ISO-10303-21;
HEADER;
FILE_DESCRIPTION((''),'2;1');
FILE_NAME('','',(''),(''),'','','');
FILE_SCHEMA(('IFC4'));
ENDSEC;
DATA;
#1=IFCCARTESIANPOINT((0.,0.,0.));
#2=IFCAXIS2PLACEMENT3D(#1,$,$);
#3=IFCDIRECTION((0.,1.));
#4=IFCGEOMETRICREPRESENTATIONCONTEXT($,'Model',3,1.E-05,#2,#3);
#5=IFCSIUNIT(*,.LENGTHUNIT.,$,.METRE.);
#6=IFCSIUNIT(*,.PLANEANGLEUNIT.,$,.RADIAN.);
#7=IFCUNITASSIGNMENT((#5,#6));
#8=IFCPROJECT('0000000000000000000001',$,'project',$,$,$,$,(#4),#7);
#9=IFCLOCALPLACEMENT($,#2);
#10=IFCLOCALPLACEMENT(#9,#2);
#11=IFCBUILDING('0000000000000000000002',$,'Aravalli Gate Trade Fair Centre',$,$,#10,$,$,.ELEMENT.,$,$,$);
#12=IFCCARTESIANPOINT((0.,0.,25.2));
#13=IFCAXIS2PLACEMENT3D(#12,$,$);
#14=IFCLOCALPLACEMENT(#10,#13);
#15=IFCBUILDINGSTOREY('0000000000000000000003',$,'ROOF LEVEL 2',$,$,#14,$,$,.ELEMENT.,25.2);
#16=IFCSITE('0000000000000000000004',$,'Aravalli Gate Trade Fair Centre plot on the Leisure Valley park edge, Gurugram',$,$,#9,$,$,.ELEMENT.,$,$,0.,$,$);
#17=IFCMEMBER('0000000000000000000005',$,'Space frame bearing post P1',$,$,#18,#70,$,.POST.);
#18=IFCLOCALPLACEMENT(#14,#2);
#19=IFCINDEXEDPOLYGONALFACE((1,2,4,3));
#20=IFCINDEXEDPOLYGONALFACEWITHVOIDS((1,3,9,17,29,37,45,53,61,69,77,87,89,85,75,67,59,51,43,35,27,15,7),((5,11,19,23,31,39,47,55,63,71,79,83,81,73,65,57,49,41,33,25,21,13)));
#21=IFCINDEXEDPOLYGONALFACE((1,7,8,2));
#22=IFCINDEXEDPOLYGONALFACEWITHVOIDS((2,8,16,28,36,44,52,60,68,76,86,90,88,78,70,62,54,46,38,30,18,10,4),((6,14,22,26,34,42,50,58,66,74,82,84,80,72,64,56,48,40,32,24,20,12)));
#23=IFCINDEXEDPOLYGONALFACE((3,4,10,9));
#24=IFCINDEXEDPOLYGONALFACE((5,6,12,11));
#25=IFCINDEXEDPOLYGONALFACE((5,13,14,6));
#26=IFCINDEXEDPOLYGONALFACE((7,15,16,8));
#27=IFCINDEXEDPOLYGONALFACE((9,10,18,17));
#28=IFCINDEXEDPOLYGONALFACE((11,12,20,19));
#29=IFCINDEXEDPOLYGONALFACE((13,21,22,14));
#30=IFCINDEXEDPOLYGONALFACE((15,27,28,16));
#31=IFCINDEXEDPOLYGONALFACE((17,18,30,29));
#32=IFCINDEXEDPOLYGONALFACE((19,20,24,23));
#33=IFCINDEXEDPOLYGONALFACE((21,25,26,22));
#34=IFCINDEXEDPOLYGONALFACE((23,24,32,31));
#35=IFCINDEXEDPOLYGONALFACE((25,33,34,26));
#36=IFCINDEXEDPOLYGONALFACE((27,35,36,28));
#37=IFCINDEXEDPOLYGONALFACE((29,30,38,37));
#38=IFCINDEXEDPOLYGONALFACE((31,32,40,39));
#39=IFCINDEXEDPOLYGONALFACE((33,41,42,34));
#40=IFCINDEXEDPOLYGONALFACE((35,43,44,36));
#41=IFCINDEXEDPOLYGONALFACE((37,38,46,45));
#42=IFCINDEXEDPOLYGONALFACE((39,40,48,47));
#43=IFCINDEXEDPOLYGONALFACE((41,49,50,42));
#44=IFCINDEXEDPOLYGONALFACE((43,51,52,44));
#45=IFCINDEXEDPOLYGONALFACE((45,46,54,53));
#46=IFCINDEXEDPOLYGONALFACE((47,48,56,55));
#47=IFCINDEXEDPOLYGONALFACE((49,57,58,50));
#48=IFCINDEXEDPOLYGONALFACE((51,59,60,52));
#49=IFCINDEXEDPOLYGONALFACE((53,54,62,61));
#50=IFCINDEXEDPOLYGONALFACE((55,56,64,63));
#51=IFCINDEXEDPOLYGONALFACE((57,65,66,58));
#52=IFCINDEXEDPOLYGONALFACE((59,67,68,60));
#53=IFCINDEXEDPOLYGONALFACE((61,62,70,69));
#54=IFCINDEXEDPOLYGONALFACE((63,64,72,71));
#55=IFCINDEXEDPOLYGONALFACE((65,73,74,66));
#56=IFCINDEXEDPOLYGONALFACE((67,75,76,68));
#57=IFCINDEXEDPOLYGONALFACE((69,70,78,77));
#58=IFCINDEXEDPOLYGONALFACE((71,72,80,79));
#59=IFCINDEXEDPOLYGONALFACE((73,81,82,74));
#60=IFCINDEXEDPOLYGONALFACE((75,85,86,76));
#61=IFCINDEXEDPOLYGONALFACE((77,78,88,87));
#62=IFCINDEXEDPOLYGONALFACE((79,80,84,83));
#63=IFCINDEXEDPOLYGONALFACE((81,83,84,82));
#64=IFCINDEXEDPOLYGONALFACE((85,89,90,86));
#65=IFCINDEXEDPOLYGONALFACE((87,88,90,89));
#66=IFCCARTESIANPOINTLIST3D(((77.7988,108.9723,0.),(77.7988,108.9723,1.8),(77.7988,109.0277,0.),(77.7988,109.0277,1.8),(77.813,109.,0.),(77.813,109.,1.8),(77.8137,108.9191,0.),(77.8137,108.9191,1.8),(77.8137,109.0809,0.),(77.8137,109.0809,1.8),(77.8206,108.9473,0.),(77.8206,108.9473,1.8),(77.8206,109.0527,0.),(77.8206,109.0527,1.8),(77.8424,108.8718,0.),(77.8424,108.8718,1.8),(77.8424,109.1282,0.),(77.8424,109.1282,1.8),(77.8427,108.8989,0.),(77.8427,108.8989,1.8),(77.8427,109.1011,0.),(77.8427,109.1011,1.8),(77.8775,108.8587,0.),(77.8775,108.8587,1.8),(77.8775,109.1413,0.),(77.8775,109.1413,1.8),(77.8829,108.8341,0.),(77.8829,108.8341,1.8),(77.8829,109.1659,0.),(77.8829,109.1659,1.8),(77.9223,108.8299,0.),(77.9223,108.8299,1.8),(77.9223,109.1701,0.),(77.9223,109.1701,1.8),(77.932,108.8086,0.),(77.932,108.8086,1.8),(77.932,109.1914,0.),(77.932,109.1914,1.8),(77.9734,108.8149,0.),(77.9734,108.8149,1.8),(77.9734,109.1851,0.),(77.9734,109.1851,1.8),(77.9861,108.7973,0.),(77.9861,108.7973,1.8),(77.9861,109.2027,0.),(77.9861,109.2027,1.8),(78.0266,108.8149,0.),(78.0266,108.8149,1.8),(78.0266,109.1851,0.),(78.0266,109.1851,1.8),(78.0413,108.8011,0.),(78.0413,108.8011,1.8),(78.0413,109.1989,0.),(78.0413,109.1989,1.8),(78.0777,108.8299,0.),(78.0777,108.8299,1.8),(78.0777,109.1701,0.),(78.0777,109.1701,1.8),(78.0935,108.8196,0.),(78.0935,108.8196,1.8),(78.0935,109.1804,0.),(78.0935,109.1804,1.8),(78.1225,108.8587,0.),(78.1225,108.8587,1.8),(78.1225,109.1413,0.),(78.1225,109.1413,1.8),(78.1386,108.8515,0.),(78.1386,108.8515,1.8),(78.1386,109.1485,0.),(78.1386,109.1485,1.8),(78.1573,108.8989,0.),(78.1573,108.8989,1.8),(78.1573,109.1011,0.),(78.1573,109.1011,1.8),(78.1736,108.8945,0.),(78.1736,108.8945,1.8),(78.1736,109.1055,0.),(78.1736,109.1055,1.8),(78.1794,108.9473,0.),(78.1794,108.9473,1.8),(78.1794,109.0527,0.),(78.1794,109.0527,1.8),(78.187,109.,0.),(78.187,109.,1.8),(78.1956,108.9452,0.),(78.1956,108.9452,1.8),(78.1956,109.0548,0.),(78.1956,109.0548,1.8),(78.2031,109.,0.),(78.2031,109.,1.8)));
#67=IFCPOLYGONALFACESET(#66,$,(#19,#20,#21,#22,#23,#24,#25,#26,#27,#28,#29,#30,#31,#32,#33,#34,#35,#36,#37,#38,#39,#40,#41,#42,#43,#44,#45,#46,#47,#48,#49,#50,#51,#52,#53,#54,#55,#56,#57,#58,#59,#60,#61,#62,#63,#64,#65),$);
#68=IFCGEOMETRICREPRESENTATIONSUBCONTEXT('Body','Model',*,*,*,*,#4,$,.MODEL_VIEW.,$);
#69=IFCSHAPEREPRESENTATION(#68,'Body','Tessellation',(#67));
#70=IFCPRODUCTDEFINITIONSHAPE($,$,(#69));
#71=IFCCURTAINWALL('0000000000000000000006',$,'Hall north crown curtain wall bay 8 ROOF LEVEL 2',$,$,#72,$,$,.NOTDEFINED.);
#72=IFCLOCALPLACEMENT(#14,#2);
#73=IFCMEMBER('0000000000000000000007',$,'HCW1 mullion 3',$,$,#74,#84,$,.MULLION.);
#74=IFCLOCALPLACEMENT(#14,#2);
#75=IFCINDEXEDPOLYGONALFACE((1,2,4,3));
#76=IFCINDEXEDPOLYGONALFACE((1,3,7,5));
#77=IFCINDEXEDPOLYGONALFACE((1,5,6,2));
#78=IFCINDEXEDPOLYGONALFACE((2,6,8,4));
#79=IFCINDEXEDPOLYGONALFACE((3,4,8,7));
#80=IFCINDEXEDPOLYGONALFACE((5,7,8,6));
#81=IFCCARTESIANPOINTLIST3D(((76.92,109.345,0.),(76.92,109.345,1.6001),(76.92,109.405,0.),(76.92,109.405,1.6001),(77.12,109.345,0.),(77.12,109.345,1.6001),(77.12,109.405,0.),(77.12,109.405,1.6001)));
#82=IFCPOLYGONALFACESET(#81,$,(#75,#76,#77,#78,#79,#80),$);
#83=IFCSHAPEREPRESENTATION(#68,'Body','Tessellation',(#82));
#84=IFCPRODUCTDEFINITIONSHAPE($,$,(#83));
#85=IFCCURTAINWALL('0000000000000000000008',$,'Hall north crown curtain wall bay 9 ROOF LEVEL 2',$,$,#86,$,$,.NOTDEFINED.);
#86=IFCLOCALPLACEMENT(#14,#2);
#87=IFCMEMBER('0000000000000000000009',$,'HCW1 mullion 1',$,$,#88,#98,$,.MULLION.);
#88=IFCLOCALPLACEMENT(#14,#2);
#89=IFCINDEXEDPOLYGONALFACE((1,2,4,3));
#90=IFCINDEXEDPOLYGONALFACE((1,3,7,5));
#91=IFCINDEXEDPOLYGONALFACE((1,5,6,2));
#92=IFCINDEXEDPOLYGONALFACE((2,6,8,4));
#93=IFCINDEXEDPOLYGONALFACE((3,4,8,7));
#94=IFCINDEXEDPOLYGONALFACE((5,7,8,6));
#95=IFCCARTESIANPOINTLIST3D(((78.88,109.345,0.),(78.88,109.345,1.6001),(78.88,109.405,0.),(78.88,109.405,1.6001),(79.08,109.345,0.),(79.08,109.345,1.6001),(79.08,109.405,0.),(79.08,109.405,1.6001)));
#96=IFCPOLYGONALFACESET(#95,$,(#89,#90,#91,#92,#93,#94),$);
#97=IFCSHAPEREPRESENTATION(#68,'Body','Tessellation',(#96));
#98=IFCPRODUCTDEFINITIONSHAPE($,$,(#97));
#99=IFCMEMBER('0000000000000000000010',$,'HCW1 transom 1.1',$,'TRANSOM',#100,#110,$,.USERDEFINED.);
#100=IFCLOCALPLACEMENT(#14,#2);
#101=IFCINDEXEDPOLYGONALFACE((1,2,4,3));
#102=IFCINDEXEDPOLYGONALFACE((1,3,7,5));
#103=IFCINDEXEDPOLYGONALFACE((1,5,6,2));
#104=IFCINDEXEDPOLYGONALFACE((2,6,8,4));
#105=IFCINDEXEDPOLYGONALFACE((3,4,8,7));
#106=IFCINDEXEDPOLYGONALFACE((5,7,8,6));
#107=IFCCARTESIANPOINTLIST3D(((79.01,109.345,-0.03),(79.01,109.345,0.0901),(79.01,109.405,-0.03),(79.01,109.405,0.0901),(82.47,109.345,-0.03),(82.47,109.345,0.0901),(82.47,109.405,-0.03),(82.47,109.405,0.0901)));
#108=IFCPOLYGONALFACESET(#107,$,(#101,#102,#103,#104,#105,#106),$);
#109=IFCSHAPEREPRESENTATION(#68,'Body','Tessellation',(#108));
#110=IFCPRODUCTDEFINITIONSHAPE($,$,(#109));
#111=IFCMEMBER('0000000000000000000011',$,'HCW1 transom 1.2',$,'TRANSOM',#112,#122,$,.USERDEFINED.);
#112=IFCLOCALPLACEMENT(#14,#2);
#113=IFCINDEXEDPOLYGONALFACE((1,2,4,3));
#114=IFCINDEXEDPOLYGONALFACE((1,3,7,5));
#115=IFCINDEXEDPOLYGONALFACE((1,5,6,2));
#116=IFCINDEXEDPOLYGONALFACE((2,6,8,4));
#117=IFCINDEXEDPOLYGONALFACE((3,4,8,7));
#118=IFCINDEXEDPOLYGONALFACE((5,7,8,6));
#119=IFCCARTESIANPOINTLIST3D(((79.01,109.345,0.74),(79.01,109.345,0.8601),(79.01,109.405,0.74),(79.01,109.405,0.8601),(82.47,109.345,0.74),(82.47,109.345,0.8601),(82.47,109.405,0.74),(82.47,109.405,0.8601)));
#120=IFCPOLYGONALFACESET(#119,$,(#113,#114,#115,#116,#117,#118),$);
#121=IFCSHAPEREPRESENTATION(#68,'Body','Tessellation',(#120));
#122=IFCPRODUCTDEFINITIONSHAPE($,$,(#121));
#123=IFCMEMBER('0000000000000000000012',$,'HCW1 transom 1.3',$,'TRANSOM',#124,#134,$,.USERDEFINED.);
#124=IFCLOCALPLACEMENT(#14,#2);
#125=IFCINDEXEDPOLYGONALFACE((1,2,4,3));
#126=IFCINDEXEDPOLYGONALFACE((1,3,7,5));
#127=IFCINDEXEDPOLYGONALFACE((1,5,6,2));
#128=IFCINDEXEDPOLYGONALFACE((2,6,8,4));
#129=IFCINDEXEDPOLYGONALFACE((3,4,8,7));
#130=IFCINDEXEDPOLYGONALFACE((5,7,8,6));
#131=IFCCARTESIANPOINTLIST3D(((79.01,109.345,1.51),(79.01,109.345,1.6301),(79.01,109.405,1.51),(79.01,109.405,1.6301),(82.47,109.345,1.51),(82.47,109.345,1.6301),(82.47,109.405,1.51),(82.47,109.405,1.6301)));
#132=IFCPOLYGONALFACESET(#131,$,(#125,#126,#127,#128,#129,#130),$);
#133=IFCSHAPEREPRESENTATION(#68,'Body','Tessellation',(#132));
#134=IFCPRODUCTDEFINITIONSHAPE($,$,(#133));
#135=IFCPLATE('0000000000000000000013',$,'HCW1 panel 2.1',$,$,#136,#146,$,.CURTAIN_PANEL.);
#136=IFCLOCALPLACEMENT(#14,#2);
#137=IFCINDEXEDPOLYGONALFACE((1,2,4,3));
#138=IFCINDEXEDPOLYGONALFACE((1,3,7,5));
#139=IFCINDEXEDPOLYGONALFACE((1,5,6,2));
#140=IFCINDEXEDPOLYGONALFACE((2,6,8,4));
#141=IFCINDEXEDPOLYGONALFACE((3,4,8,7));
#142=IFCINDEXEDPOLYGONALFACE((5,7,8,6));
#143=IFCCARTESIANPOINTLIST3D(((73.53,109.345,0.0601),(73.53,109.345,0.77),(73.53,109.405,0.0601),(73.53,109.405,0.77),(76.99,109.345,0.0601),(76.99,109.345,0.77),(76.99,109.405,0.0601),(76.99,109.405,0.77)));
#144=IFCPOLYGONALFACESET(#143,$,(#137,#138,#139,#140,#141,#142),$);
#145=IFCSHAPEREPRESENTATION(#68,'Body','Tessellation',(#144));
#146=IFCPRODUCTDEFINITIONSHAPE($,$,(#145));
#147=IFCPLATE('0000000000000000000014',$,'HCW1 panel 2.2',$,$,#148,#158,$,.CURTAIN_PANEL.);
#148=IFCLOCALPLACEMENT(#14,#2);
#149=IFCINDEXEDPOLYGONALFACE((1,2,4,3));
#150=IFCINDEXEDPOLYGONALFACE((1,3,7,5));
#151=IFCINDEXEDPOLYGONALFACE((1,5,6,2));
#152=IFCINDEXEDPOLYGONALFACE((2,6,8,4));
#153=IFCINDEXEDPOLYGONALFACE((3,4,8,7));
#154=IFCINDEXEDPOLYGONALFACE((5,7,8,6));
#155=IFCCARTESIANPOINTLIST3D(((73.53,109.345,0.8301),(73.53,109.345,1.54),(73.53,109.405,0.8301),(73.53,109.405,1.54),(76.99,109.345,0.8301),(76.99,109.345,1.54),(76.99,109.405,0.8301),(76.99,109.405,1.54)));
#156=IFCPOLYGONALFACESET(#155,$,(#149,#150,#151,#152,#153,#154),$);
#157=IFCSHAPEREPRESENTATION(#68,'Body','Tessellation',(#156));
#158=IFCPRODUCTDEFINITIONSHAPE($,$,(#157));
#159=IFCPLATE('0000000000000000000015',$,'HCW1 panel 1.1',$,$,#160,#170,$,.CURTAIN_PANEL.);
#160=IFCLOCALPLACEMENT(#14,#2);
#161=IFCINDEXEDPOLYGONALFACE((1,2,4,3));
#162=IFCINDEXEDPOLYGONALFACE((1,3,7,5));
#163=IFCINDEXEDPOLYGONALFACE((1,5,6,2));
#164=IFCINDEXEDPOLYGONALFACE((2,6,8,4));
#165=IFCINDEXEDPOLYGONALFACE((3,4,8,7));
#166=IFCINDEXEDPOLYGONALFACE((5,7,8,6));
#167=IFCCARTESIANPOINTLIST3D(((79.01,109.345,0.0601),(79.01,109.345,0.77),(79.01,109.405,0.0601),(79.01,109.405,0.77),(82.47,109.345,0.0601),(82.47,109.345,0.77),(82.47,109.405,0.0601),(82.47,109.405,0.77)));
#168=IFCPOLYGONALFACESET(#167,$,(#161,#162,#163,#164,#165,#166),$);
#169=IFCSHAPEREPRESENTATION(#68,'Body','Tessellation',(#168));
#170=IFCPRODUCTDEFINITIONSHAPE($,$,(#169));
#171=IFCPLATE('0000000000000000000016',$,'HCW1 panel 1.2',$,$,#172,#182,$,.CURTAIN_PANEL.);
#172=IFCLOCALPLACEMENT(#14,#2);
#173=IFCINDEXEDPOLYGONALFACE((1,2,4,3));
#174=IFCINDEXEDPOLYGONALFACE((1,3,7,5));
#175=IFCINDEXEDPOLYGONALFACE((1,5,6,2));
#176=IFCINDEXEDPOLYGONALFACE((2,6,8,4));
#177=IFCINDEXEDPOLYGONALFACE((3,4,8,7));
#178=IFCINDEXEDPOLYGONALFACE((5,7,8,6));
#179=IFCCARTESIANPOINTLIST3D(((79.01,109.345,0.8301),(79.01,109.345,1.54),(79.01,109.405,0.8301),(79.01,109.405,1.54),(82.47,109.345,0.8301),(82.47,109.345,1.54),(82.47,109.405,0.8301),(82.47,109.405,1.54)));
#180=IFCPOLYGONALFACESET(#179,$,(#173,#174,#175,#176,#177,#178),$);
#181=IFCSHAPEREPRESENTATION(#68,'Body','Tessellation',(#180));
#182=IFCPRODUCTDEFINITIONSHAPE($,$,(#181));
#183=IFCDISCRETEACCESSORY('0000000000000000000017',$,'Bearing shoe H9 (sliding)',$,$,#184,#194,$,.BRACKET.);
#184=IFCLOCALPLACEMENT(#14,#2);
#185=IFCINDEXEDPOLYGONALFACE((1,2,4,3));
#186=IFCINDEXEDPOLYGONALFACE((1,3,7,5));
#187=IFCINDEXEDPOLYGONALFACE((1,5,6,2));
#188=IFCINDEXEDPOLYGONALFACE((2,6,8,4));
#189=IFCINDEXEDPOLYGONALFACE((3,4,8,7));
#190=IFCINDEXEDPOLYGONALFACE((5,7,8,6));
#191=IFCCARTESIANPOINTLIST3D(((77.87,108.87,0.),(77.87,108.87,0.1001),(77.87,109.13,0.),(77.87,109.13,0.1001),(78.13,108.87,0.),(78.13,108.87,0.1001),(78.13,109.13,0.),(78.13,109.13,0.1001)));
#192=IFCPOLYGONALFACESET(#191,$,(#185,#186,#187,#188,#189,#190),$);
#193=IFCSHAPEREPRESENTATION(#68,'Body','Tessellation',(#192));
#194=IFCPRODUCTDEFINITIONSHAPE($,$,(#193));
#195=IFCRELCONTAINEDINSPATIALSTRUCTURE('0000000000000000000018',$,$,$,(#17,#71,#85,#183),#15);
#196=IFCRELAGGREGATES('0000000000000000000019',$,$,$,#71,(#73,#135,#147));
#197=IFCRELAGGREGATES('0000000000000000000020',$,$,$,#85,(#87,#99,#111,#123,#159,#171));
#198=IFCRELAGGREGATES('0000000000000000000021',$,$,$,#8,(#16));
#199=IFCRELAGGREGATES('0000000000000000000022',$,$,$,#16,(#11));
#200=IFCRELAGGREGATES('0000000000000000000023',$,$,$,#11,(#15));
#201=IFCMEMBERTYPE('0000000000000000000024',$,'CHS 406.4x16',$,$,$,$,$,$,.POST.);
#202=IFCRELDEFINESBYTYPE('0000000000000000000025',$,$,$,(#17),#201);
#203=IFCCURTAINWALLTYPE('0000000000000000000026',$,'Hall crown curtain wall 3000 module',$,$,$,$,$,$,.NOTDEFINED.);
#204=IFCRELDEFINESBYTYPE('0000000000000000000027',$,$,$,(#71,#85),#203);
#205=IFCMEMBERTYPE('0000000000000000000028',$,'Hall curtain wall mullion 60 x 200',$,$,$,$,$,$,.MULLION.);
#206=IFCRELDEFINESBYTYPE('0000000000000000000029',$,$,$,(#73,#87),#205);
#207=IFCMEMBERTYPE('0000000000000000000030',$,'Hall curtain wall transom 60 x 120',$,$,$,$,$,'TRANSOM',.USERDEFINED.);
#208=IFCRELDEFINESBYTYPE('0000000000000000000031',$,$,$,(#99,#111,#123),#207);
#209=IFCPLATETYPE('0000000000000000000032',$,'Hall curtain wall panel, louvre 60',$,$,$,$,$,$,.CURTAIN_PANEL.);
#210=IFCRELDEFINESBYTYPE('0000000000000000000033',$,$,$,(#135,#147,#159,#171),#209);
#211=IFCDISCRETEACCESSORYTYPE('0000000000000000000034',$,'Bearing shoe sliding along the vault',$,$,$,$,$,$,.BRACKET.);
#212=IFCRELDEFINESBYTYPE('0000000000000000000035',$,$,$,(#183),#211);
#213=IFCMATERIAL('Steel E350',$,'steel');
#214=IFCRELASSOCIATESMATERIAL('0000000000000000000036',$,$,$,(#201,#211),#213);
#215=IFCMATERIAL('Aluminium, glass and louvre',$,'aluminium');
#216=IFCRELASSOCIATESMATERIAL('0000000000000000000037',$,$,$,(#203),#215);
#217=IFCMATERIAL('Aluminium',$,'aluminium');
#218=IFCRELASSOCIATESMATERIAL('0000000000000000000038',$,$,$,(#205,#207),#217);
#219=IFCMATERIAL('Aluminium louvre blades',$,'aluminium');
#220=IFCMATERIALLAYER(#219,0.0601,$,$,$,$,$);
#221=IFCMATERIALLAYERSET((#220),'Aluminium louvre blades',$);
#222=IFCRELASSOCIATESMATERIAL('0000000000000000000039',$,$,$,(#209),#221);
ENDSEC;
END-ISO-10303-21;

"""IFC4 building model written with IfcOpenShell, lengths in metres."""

from ifc_helpers import new_model, si_unit, direction, frame, origin, origin_2d, place, context, subcontext, project, spatial, rectangle, hollow_circle, extrude, material, layer, layer_set, material_profile, profile_set, type_object, element, aggregate, save


model = new_model("IFC4")

# Units and contexts
model_context = context("Model", 3, precision=1e-05, world=origin(), true_north=direction((0.0, 1.0)))
body_context = subcontext(model_context, "Body", "Model", "MODEL_VIEW")
ifc_project = project(units=[si_unit("LENGTHUNIT", "METRE"), si_unit("PLANEANGLEUNIT", "RADIAN")], contexts=[model_context])

# Site, building, storey
site_placement = place(None, origin())
site = spatial("IfcSite", under=ifc_project, at=site_placement, Name="Aravalli Gate Trade Fair Centre plot on the Leisure Valley park edge, Gurugram", CompositionType="ELEMENT", RefElevation=0.0)
building_placement = place(site_placement, origin())
building = spatial("IfcBuilding", under=site, at=building_placement, Name="Aravalli Gate Trade Fair Centre", CompositionType="ELEMENT")
storey_placement = place(building_placement, frame((0.0, 0.0, 25.2)))
storey = spatial("IfcBuildingStorey", under=building, at=storey_placement, Name="ROOF LEVEL 2", CompositionType="ELEMENT", Elevation=25.2)

# Member
ifc_material_1 = material(Name="Steel E350", Category="steel")
ifc_material_profile_1 = material_profile(ifc_material_1, hollow_circle(Radius=0.2031, WallThickness=0.0161, at=origin_2d()), Name="CHS 406.4x16")
ifc_profile_set_1 = profile_set([ifc_material_profile_1], Name="Steel E350")
member_type_1 = type_object("IfcMemberType", Name="CHS 406.4x16", PredefinedType="POST", material=ifc_profile_set_1)
member_1_placement = place(storey_placement, frame((78.0, 109.0, 0.0), z_axis=(0.0, 0.0, 1.0), x_axis=(1.0, 0.0, 0.0)))
element("IfcMember", 1, at=member_1_placement, inside=storey, type_object=member_type_1, Name="Space frame bearing post P1", PredefinedType="POST", context=body_context, shape_type="SweptSolid", body=[
    extrude(hollow_circle(Radius=0.2031, WallThickness=0.0161, at=origin_2d()), origin(), (0.0, 0.0, 1.0), 1.8),
])

# Curtain wall, member
ifc_material_2 = material(Name="Aluminium, glass and louvre", Category="aluminium")
curtain_wall_type = type_object("IfcCurtainWallType", Name="Hall crown curtain wall 3000 module", PredefinedType="NOTDEFINED", material=ifc_material_2)
curtain_wall_1_placement = place(storey_placement, origin())
curtain_wall_1 = element("IfcCurtainWall", 2, at=curtain_wall_1_placement, inside=storey, type_object=curtain_wall_type, Name="Hall north crown curtain wall bay 8 ROOF LEVEL 2", PredefinedType="NOTDEFINED")
ifc_material_3 = material(Name="Aluminium", Category="aluminium")
ifc_material_profile_2 = material_profile(ifc_material_3, rectangle(XDim=0.0601, YDim=0.2, at=origin_2d()), Name="Hall curtain wall mullion 60 x 200")
ifc_profile_set_2 = profile_set([ifc_material_profile_2], Name="Aluminium")
member_type_2 = type_object("IfcMemberType", Name="Hall curtain wall mullion 60 x 200", PredefinedType="MULLION", material=ifc_profile_set_2)
member_2_placement = place(storey_placement, frame((77.02, 109.375, 0.0), z_axis=(0.0, 0.0, 1.0), x_axis=(0.0, 1.0, 0.0)))
member_2 = element("IfcMember", 3, at=member_2_placement, type_object=member_type_2, Name="HCW1 mullion 3", PredefinedType="MULLION", context=body_context, shape_type="SweptSolid", body=[
    extrude(rectangle(XDim=0.0601, YDim=0.2, at=origin_2d()), origin(), (0.0, 0.0, 1.0), 1.6001),
])

# Curtain wall, members
curtain_wall_2_placement = place(storey_placement, origin())
curtain_wall_2 = element("IfcCurtainWall", 4, at=curtain_wall_2_placement, inside=storey, type_object=curtain_wall_type, Name="Hall north crown curtain wall bay 9 ROOF LEVEL 2", PredefinedType="NOTDEFINED")
member_3_placement = place(storey_placement, frame((78.98, 109.375, 0.0), z_axis=(0.0, 0.0, 1.0), x_axis=(0.0, 1.0, 0.0)))
member_3 = element("IfcMember", 5, at=member_3_placement, type_object=member_type_2, Name="HCW1 mullion 1", PredefinedType="MULLION", context=body_context, shape_type="SweptSolid", body=[
    extrude(rectangle(XDim=0.0601, YDim=0.2, at=origin_2d()), origin(), (0.0, 0.0, 1.0), 1.6001),
])
ifc_material_profile_3 = material_profile(ifc_material_3, rectangle(XDim=0.0601, YDim=0.1201, at=origin_2d()), Name="Hall curtain wall transom 60 x 120")
ifc_profile_set_3 = profile_set([ifc_material_profile_3], Name="Aluminium")
member_type_3 = type_object("IfcMemberType", Name="Hall curtain wall transom 60 x 120", ElementType="TRANSOM", PredefinedType="USERDEFINED", material=ifc_profile_set_3)
member_4_placement = place(storey_placement, frame((79.01, 109.375, 0.03), z_axis=(1.0, 0.0, 0.0), x_axis=(0.0, 1.0, 0.0)))
member_4 = element("IfcMember", 6, at=member_4_placement, type_object=member_type_3, Name="HCW1 transom 1.1", ObjectType="TRANSOM", PredefinedType="USERDEFINED", context=body_context, shape_type="SweptSolid", body=[
    extrude(rectangle(XDim=0.0601, YDim=0.1201, at=origin_2d()), origin(), (0.0, 0.0, 1.0), 3.46),
])
member_5_placement = place(storey_placement, frame((79.01, 109.375, 0.8), z_axis=(1.0, 0.0, 0.0), x_axis=(0.0, 1.0, 0.0)))
member_5 = element("IfcMember", 7, at=member_5_placement, type_object=member_type_3, Name="HCW1 transom 1.2", ObjectType="TRANSOM", PredefinedType="USERDEFINED", context=body_context, shape_type="SweptSolid", body=[
    extrude(rectangle(XDim=0.0601, YDim=0.1201, at=origin_2d()), origin(), (0.0, 0.0, 1.0), 3.46),
])
member_6_placement = place(storey_placement, frame((79.01, 109.375, 1.5701), z_axis=(1.0, 0.0, 0.0), x_axis=(0.0, 1.0, 0.0)))
member_6 = element("IfcMember", 8, at=member_6_placement, type_object=member_type_3, Name="HCW1 transom 1.3", ObjectType="TRANSOM", PredefinedType="USERDEFINED", context=body_context, shape_type="SweptSolid", body=[
    extrude(rectangle(XDim=0.0601, YDim=0.1201, at=origin_2d()), origin(), (0.0, 0.0, 1.0), 3.46),
])

# Plates
ifc_material_4 = material(Name="Aluminium louvre blades", Category="aluminium")
ifc_layer_1 = layer(ifc_material_4, 0.0601)
ifc_layer_set_1 = layer_set([ifc_layer_1], Name="Aluminium louvre blades")
plate_type = type_object("IfcPlateType", Name="Hall curtain wall panel, louvre 60", PredefinedType="CURTAIN_PANEL", material=ifc_layer_set_1)
plate_1_placement = place(storey_placement, frame((75.26, 109.375, 0.0601), z_axis=(0.0, 0.0, 1.0), x_axis=(1.0, 0.0, 0.0)))
plate_1 = element("IfcPlate", 9, at=plate_1_placement, type_object=plate_type, Name="HCW1 panel 2.1", PredefinedType="CURTAIN_PANEL", context=body_context, shape_type="SweptSolid", body=[
    extrude(rectangle(XDim=3.46, YDim=0.0601, at=origin_2d()), origin(), (0.0, 0.0, 1.0), 0.71),
])
plate_2_placement = place(storey_placement, frame((75.26, 109.375, 0.8301), z_axis=(0.0, 0.0, 1.0), x_axis=(1.0, 0.0, 0.0)))
plate_2 = element("IfcPlate", 10, at=plate_2_placement, type_object=plate_type, Name="HCW1 panel 2.2", PredefinedType="CURTAIN_PANEL", context=body_context, shape_type="SweptSolid", body=[
    extrude(rectangle(XDim=3.46, YDim=0.0601, at=origin_2d()), origin(), (0.0, 0.0, 1.0), 0.71),
])
aggregate(curtain_wall_1, [member_2, plate_1, plate_2])
plate_3_placement = place(storey_placement, frame((80.74, 109.375, 0.0601), z_axis=(0.0, 0.0, 1.0), x_axis=(1.0, 0.0, 0.0)))
plate_3 = element("IfcPlate", 11, at=plate_3_placement, type_object=plate_type, Name="HCW1 panel 1.1", PredefinedType="CURTAIN_PANEL", context=body_context, shape_type="SweptSolid", body=[
    extrude(rectangle(XDim=3.46, YDim=0.0601, at=origin_2d()), origin(), (0.0, 0.0, 1.0), 0.71),
])
plate_4_placement = place(storey_placement, frame((80.74, 109.375, 0.8301), z_axis=(0.0, 0.0, 1.0), x_axis=(1.0, 0.0, 0.0)))
plate_4 = element("IfcPlate", 12, at=plate_4_placement, type_object=plate_type, Name="HCW1 panel 1.2", PredefinedType="CURTAIN_PANEL", context=body_context, shape_type="SweptSolid", body=[
    extrude(rectangle(XDim=3.46, YDim=0.0601, at=origin_2d()), origin(), (0.0, 0.0, 1.0), 0.71),
])
aggregate(curtain_wall_2, [member_3, member_4, member_5, member_6, plate_3, plate_4])

# Discrete accessory
discrete_accessory_type_1 = type_object("IfcDiscreteAccessoryType", Name="Bearing shoe sliding along the vault", PredefinedType="BRACKET", material=ifc_material_1)
discrete_accessory_1_placement = place(storey_placement, frame((78.0, 109.0, 0.0), z_axis=(0.0, 0.0, 1.0), x_axis=(1.0, 0.0, 0.0)))
element("IfcDiscreteAccessory", 13, at=discrete_accessory_1_placement, inside=storey, type_object=discrete_accessory_type_1, Name="Bearing shoe H9 (sliding)", PredefinedType="BRACKET", context=body_context, shape_type="SweptSolid", body=[
    extrude(rectangle(XDim=0.26, YDim=0.26, at=origin_2d()), origin(), (0.0, 0.0, 1.0), 0.1001),
])

save(model, "model.ifc")
